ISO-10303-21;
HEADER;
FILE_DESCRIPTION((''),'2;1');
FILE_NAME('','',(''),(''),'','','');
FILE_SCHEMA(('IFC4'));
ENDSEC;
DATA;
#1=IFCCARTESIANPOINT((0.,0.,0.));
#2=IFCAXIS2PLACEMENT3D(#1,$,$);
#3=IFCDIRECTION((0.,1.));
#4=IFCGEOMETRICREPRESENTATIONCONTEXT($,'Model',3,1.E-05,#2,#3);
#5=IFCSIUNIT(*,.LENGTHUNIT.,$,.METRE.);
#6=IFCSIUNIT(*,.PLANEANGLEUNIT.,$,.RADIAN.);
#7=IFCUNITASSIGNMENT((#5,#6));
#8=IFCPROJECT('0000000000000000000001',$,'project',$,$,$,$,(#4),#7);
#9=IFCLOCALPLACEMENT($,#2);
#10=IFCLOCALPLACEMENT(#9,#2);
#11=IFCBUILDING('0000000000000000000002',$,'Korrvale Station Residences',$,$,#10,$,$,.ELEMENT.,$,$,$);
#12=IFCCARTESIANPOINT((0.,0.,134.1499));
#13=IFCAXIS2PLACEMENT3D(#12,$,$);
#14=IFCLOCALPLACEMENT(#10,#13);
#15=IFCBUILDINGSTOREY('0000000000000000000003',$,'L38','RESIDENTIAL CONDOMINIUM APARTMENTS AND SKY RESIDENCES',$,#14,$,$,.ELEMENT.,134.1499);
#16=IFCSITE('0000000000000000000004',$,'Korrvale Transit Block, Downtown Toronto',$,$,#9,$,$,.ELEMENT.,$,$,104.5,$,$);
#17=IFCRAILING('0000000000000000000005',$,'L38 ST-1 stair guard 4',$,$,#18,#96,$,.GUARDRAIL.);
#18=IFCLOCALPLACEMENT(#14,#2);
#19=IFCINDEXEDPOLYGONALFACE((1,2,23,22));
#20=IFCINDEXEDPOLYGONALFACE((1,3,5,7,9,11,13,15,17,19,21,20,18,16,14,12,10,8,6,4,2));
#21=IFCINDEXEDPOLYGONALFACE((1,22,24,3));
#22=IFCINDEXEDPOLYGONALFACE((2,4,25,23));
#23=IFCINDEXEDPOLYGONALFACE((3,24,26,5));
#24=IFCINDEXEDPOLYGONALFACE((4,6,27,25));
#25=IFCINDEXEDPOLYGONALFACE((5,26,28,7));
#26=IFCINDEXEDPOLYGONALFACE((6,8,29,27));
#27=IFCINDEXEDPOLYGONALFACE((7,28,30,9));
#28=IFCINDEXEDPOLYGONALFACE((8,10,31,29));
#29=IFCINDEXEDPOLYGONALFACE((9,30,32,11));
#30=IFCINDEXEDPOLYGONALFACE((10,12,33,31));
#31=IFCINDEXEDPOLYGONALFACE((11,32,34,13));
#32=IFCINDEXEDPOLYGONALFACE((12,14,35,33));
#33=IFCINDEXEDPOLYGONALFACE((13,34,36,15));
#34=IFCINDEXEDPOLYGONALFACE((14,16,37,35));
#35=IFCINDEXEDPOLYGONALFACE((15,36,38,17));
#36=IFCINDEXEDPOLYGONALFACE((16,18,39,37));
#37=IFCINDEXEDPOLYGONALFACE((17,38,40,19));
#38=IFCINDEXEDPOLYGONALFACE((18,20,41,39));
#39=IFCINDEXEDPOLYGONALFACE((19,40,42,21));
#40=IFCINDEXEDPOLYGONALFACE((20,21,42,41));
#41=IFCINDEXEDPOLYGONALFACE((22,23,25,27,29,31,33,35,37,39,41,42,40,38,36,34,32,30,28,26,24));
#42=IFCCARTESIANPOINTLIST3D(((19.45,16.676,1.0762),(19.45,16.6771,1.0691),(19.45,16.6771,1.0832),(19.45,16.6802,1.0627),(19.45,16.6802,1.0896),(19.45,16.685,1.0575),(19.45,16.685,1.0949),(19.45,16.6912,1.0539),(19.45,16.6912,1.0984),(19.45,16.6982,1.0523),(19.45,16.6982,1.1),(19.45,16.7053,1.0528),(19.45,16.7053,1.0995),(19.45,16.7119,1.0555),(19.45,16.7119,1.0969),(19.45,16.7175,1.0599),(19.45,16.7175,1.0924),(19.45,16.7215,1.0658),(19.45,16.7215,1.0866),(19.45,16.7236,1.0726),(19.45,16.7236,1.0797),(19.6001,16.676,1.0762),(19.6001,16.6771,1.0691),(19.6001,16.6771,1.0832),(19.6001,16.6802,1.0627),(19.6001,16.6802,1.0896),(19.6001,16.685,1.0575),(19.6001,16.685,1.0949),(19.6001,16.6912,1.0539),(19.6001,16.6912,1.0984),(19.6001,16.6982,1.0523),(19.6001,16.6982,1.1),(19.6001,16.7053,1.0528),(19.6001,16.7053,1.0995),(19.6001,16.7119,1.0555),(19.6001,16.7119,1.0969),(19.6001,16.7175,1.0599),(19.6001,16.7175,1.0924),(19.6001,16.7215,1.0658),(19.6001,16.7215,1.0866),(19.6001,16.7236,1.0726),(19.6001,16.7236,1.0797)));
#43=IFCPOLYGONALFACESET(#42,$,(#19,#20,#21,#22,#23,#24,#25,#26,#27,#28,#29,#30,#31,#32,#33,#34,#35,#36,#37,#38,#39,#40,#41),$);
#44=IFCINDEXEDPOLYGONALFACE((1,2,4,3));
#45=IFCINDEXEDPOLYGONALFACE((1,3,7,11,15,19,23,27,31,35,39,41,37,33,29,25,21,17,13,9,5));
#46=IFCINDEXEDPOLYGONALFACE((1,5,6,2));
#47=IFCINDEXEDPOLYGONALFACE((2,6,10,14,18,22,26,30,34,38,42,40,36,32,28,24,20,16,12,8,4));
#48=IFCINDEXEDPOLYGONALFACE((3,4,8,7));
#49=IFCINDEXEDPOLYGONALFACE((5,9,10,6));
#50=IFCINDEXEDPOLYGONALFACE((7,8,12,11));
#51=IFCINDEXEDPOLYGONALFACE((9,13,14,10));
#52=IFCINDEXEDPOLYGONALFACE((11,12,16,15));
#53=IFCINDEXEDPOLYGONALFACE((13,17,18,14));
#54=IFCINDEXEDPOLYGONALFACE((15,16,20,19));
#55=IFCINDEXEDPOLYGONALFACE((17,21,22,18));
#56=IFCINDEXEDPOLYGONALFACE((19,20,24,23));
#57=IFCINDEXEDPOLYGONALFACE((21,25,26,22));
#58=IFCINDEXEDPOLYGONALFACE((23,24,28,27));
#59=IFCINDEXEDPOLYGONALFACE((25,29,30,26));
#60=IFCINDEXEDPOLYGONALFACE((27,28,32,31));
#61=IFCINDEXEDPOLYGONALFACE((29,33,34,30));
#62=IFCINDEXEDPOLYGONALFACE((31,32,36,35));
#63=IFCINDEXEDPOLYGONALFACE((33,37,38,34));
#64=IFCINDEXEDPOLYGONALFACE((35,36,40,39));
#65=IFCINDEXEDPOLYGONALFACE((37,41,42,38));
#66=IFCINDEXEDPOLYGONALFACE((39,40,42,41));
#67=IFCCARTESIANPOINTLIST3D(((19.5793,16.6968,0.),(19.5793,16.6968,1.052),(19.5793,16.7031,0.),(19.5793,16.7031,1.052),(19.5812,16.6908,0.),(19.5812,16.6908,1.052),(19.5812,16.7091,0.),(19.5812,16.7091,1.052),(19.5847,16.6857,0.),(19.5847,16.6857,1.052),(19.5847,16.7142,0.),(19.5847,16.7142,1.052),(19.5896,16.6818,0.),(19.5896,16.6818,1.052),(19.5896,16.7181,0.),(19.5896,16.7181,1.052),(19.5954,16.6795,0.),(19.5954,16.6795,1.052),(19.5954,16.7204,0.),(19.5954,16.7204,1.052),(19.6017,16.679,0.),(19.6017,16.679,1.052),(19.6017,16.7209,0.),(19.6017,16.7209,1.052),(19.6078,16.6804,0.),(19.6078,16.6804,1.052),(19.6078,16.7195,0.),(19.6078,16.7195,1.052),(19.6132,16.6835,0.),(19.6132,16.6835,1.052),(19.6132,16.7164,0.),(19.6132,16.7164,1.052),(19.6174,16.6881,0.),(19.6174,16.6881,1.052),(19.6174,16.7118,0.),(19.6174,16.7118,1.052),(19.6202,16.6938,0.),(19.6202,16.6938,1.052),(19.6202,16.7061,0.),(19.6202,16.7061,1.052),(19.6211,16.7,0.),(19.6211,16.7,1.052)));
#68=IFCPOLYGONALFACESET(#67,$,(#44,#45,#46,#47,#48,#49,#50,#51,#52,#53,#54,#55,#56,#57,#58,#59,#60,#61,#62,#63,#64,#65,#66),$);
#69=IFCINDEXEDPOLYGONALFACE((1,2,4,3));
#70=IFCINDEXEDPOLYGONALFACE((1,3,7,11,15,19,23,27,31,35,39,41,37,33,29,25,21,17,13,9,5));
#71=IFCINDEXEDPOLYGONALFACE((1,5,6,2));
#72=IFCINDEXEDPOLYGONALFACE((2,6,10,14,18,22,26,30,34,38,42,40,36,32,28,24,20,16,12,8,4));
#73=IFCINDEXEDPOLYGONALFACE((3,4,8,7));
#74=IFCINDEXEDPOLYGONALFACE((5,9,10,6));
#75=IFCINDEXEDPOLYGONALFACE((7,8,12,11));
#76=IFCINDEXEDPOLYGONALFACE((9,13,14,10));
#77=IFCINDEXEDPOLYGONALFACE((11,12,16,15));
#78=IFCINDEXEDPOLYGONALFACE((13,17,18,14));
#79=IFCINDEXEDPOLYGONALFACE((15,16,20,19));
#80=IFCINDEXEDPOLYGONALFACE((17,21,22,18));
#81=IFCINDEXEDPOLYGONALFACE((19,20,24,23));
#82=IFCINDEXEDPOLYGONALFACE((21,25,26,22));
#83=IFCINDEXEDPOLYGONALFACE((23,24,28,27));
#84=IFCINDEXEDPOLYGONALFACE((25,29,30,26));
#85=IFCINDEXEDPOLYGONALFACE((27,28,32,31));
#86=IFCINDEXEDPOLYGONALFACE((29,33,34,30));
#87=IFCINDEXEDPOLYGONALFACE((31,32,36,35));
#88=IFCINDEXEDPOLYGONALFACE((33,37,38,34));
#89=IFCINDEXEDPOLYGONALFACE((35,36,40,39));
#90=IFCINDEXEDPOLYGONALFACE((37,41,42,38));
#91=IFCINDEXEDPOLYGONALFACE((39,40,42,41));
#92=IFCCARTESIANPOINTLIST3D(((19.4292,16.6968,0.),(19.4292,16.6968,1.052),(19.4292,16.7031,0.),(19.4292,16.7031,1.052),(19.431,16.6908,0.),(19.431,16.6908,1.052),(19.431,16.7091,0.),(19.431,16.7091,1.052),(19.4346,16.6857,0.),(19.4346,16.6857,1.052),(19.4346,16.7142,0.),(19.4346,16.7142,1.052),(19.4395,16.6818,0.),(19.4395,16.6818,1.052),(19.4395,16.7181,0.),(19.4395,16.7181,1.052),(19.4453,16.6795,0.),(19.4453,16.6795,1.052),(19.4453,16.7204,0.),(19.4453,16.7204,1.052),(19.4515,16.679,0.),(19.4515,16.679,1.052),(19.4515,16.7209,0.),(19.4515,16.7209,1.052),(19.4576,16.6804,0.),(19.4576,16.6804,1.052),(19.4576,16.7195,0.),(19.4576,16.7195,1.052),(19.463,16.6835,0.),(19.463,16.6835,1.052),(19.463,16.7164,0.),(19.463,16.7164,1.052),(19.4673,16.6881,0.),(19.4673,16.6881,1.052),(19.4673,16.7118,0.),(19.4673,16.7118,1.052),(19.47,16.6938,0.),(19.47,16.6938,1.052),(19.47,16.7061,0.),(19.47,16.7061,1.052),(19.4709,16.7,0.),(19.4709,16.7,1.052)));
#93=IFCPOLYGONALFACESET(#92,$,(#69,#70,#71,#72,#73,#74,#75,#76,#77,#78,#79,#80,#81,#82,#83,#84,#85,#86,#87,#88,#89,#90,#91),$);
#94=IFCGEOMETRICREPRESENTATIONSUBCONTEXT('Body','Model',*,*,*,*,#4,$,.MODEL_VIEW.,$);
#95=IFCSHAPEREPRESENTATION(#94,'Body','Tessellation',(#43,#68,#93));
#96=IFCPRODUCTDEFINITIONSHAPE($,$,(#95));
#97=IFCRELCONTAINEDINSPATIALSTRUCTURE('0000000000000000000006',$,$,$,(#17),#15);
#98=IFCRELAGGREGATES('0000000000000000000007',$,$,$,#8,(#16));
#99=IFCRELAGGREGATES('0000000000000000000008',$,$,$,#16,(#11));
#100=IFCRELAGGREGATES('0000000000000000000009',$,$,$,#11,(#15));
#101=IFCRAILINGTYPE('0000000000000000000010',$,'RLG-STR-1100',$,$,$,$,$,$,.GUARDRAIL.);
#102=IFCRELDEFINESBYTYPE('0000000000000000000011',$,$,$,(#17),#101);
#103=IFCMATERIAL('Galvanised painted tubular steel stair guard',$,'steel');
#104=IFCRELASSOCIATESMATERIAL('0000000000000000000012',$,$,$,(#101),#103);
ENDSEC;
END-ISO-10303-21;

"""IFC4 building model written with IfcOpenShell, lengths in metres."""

from ifc_helpers import new_model, si_unit, direction, frame, origin, origin_2d, place, context, subcontext, project, spatial, circle, extrude, material, type_object, element, save


model = new_model("IFC4")

# Units and contexts
model_context = context("Model", 3, precision=1e-05, world=origin(), true_north=direction((0.0, 1.0)))
body_context = subcontext(model_context, "Body", "Model", "MODEL_VIEW")
ifc_project = project(units=[si_unit("LENGTHUNIT", "METRE"), si_unit("PLANEANGLEUNIT", "RADIAN")], contexts=[model_context])

# Site, building, storey
site_placement = place(None, origin())
site = spatial("IfcSite", under=ifc_project, at=site_placement, Name="Korrvale Transit Block, Downtown Toronto", CompositionType="ELEMENT", RefElevation=104.5)
building_placement = place(site_placement, origin())
building = spatial("IfcBuilding", under=site, at=building_placement, Name="Korrvale Station Residences", CompositionType="ELEMENT")
storey_placement = place(building_placement, frame((0.0, 0.0, 134.1499)))
storey = spatial("IfcBuildingStorey", under=building, at=storey_placement, Name="L38", Description="RESIDENTIAL CONDOMINIUM APARTMENTS AND SKY RESIDENCES", CompositionType="ELEMENT", Elevation=134.1499)

# Railing
ifc_material_1 = material(Name="Galvanised painted tubular steel stair guard", Category="steel")
railing_type_1 = type_object("IfcRailingType", Name="RLG-STR-1100", PredefinedType="GUARDRAIL", material=ifc_material_1)
railing_1_placement = place(storey_placement, frame((19.6001, 16.7, 0.0)))
element("IfcRailing", 1, at=railing_1_placement, inside=storey, type_object=railing_type_1, Name="L38 ST-1 stair guard 4", PredefinedType="GUARDRAIL", context=body_context, shape_type="SweptSolid", body=[
    extrude(circle(Radius=0.0239, at=origin_2d()), frame((0.0, 0.0, 1.0762), z_axis=(-1.0, 0.0, 0.0), x_axis=(0.0, -1.0, 0.0)), (0.0, 0.0, 1.0), 0.1501),
    extrude(circle(Radius=0.021, at=origin_2d()), origin(), (0.0, 0.0, 1.0), 1.052),
    extrude(circle(Radius=0.021, at=origin_2d()), frame((-0.1501, 0.0, 0.0)), (0.0, 0.0, 1.0), 1.052),
])

save(model, "model.ifc")
